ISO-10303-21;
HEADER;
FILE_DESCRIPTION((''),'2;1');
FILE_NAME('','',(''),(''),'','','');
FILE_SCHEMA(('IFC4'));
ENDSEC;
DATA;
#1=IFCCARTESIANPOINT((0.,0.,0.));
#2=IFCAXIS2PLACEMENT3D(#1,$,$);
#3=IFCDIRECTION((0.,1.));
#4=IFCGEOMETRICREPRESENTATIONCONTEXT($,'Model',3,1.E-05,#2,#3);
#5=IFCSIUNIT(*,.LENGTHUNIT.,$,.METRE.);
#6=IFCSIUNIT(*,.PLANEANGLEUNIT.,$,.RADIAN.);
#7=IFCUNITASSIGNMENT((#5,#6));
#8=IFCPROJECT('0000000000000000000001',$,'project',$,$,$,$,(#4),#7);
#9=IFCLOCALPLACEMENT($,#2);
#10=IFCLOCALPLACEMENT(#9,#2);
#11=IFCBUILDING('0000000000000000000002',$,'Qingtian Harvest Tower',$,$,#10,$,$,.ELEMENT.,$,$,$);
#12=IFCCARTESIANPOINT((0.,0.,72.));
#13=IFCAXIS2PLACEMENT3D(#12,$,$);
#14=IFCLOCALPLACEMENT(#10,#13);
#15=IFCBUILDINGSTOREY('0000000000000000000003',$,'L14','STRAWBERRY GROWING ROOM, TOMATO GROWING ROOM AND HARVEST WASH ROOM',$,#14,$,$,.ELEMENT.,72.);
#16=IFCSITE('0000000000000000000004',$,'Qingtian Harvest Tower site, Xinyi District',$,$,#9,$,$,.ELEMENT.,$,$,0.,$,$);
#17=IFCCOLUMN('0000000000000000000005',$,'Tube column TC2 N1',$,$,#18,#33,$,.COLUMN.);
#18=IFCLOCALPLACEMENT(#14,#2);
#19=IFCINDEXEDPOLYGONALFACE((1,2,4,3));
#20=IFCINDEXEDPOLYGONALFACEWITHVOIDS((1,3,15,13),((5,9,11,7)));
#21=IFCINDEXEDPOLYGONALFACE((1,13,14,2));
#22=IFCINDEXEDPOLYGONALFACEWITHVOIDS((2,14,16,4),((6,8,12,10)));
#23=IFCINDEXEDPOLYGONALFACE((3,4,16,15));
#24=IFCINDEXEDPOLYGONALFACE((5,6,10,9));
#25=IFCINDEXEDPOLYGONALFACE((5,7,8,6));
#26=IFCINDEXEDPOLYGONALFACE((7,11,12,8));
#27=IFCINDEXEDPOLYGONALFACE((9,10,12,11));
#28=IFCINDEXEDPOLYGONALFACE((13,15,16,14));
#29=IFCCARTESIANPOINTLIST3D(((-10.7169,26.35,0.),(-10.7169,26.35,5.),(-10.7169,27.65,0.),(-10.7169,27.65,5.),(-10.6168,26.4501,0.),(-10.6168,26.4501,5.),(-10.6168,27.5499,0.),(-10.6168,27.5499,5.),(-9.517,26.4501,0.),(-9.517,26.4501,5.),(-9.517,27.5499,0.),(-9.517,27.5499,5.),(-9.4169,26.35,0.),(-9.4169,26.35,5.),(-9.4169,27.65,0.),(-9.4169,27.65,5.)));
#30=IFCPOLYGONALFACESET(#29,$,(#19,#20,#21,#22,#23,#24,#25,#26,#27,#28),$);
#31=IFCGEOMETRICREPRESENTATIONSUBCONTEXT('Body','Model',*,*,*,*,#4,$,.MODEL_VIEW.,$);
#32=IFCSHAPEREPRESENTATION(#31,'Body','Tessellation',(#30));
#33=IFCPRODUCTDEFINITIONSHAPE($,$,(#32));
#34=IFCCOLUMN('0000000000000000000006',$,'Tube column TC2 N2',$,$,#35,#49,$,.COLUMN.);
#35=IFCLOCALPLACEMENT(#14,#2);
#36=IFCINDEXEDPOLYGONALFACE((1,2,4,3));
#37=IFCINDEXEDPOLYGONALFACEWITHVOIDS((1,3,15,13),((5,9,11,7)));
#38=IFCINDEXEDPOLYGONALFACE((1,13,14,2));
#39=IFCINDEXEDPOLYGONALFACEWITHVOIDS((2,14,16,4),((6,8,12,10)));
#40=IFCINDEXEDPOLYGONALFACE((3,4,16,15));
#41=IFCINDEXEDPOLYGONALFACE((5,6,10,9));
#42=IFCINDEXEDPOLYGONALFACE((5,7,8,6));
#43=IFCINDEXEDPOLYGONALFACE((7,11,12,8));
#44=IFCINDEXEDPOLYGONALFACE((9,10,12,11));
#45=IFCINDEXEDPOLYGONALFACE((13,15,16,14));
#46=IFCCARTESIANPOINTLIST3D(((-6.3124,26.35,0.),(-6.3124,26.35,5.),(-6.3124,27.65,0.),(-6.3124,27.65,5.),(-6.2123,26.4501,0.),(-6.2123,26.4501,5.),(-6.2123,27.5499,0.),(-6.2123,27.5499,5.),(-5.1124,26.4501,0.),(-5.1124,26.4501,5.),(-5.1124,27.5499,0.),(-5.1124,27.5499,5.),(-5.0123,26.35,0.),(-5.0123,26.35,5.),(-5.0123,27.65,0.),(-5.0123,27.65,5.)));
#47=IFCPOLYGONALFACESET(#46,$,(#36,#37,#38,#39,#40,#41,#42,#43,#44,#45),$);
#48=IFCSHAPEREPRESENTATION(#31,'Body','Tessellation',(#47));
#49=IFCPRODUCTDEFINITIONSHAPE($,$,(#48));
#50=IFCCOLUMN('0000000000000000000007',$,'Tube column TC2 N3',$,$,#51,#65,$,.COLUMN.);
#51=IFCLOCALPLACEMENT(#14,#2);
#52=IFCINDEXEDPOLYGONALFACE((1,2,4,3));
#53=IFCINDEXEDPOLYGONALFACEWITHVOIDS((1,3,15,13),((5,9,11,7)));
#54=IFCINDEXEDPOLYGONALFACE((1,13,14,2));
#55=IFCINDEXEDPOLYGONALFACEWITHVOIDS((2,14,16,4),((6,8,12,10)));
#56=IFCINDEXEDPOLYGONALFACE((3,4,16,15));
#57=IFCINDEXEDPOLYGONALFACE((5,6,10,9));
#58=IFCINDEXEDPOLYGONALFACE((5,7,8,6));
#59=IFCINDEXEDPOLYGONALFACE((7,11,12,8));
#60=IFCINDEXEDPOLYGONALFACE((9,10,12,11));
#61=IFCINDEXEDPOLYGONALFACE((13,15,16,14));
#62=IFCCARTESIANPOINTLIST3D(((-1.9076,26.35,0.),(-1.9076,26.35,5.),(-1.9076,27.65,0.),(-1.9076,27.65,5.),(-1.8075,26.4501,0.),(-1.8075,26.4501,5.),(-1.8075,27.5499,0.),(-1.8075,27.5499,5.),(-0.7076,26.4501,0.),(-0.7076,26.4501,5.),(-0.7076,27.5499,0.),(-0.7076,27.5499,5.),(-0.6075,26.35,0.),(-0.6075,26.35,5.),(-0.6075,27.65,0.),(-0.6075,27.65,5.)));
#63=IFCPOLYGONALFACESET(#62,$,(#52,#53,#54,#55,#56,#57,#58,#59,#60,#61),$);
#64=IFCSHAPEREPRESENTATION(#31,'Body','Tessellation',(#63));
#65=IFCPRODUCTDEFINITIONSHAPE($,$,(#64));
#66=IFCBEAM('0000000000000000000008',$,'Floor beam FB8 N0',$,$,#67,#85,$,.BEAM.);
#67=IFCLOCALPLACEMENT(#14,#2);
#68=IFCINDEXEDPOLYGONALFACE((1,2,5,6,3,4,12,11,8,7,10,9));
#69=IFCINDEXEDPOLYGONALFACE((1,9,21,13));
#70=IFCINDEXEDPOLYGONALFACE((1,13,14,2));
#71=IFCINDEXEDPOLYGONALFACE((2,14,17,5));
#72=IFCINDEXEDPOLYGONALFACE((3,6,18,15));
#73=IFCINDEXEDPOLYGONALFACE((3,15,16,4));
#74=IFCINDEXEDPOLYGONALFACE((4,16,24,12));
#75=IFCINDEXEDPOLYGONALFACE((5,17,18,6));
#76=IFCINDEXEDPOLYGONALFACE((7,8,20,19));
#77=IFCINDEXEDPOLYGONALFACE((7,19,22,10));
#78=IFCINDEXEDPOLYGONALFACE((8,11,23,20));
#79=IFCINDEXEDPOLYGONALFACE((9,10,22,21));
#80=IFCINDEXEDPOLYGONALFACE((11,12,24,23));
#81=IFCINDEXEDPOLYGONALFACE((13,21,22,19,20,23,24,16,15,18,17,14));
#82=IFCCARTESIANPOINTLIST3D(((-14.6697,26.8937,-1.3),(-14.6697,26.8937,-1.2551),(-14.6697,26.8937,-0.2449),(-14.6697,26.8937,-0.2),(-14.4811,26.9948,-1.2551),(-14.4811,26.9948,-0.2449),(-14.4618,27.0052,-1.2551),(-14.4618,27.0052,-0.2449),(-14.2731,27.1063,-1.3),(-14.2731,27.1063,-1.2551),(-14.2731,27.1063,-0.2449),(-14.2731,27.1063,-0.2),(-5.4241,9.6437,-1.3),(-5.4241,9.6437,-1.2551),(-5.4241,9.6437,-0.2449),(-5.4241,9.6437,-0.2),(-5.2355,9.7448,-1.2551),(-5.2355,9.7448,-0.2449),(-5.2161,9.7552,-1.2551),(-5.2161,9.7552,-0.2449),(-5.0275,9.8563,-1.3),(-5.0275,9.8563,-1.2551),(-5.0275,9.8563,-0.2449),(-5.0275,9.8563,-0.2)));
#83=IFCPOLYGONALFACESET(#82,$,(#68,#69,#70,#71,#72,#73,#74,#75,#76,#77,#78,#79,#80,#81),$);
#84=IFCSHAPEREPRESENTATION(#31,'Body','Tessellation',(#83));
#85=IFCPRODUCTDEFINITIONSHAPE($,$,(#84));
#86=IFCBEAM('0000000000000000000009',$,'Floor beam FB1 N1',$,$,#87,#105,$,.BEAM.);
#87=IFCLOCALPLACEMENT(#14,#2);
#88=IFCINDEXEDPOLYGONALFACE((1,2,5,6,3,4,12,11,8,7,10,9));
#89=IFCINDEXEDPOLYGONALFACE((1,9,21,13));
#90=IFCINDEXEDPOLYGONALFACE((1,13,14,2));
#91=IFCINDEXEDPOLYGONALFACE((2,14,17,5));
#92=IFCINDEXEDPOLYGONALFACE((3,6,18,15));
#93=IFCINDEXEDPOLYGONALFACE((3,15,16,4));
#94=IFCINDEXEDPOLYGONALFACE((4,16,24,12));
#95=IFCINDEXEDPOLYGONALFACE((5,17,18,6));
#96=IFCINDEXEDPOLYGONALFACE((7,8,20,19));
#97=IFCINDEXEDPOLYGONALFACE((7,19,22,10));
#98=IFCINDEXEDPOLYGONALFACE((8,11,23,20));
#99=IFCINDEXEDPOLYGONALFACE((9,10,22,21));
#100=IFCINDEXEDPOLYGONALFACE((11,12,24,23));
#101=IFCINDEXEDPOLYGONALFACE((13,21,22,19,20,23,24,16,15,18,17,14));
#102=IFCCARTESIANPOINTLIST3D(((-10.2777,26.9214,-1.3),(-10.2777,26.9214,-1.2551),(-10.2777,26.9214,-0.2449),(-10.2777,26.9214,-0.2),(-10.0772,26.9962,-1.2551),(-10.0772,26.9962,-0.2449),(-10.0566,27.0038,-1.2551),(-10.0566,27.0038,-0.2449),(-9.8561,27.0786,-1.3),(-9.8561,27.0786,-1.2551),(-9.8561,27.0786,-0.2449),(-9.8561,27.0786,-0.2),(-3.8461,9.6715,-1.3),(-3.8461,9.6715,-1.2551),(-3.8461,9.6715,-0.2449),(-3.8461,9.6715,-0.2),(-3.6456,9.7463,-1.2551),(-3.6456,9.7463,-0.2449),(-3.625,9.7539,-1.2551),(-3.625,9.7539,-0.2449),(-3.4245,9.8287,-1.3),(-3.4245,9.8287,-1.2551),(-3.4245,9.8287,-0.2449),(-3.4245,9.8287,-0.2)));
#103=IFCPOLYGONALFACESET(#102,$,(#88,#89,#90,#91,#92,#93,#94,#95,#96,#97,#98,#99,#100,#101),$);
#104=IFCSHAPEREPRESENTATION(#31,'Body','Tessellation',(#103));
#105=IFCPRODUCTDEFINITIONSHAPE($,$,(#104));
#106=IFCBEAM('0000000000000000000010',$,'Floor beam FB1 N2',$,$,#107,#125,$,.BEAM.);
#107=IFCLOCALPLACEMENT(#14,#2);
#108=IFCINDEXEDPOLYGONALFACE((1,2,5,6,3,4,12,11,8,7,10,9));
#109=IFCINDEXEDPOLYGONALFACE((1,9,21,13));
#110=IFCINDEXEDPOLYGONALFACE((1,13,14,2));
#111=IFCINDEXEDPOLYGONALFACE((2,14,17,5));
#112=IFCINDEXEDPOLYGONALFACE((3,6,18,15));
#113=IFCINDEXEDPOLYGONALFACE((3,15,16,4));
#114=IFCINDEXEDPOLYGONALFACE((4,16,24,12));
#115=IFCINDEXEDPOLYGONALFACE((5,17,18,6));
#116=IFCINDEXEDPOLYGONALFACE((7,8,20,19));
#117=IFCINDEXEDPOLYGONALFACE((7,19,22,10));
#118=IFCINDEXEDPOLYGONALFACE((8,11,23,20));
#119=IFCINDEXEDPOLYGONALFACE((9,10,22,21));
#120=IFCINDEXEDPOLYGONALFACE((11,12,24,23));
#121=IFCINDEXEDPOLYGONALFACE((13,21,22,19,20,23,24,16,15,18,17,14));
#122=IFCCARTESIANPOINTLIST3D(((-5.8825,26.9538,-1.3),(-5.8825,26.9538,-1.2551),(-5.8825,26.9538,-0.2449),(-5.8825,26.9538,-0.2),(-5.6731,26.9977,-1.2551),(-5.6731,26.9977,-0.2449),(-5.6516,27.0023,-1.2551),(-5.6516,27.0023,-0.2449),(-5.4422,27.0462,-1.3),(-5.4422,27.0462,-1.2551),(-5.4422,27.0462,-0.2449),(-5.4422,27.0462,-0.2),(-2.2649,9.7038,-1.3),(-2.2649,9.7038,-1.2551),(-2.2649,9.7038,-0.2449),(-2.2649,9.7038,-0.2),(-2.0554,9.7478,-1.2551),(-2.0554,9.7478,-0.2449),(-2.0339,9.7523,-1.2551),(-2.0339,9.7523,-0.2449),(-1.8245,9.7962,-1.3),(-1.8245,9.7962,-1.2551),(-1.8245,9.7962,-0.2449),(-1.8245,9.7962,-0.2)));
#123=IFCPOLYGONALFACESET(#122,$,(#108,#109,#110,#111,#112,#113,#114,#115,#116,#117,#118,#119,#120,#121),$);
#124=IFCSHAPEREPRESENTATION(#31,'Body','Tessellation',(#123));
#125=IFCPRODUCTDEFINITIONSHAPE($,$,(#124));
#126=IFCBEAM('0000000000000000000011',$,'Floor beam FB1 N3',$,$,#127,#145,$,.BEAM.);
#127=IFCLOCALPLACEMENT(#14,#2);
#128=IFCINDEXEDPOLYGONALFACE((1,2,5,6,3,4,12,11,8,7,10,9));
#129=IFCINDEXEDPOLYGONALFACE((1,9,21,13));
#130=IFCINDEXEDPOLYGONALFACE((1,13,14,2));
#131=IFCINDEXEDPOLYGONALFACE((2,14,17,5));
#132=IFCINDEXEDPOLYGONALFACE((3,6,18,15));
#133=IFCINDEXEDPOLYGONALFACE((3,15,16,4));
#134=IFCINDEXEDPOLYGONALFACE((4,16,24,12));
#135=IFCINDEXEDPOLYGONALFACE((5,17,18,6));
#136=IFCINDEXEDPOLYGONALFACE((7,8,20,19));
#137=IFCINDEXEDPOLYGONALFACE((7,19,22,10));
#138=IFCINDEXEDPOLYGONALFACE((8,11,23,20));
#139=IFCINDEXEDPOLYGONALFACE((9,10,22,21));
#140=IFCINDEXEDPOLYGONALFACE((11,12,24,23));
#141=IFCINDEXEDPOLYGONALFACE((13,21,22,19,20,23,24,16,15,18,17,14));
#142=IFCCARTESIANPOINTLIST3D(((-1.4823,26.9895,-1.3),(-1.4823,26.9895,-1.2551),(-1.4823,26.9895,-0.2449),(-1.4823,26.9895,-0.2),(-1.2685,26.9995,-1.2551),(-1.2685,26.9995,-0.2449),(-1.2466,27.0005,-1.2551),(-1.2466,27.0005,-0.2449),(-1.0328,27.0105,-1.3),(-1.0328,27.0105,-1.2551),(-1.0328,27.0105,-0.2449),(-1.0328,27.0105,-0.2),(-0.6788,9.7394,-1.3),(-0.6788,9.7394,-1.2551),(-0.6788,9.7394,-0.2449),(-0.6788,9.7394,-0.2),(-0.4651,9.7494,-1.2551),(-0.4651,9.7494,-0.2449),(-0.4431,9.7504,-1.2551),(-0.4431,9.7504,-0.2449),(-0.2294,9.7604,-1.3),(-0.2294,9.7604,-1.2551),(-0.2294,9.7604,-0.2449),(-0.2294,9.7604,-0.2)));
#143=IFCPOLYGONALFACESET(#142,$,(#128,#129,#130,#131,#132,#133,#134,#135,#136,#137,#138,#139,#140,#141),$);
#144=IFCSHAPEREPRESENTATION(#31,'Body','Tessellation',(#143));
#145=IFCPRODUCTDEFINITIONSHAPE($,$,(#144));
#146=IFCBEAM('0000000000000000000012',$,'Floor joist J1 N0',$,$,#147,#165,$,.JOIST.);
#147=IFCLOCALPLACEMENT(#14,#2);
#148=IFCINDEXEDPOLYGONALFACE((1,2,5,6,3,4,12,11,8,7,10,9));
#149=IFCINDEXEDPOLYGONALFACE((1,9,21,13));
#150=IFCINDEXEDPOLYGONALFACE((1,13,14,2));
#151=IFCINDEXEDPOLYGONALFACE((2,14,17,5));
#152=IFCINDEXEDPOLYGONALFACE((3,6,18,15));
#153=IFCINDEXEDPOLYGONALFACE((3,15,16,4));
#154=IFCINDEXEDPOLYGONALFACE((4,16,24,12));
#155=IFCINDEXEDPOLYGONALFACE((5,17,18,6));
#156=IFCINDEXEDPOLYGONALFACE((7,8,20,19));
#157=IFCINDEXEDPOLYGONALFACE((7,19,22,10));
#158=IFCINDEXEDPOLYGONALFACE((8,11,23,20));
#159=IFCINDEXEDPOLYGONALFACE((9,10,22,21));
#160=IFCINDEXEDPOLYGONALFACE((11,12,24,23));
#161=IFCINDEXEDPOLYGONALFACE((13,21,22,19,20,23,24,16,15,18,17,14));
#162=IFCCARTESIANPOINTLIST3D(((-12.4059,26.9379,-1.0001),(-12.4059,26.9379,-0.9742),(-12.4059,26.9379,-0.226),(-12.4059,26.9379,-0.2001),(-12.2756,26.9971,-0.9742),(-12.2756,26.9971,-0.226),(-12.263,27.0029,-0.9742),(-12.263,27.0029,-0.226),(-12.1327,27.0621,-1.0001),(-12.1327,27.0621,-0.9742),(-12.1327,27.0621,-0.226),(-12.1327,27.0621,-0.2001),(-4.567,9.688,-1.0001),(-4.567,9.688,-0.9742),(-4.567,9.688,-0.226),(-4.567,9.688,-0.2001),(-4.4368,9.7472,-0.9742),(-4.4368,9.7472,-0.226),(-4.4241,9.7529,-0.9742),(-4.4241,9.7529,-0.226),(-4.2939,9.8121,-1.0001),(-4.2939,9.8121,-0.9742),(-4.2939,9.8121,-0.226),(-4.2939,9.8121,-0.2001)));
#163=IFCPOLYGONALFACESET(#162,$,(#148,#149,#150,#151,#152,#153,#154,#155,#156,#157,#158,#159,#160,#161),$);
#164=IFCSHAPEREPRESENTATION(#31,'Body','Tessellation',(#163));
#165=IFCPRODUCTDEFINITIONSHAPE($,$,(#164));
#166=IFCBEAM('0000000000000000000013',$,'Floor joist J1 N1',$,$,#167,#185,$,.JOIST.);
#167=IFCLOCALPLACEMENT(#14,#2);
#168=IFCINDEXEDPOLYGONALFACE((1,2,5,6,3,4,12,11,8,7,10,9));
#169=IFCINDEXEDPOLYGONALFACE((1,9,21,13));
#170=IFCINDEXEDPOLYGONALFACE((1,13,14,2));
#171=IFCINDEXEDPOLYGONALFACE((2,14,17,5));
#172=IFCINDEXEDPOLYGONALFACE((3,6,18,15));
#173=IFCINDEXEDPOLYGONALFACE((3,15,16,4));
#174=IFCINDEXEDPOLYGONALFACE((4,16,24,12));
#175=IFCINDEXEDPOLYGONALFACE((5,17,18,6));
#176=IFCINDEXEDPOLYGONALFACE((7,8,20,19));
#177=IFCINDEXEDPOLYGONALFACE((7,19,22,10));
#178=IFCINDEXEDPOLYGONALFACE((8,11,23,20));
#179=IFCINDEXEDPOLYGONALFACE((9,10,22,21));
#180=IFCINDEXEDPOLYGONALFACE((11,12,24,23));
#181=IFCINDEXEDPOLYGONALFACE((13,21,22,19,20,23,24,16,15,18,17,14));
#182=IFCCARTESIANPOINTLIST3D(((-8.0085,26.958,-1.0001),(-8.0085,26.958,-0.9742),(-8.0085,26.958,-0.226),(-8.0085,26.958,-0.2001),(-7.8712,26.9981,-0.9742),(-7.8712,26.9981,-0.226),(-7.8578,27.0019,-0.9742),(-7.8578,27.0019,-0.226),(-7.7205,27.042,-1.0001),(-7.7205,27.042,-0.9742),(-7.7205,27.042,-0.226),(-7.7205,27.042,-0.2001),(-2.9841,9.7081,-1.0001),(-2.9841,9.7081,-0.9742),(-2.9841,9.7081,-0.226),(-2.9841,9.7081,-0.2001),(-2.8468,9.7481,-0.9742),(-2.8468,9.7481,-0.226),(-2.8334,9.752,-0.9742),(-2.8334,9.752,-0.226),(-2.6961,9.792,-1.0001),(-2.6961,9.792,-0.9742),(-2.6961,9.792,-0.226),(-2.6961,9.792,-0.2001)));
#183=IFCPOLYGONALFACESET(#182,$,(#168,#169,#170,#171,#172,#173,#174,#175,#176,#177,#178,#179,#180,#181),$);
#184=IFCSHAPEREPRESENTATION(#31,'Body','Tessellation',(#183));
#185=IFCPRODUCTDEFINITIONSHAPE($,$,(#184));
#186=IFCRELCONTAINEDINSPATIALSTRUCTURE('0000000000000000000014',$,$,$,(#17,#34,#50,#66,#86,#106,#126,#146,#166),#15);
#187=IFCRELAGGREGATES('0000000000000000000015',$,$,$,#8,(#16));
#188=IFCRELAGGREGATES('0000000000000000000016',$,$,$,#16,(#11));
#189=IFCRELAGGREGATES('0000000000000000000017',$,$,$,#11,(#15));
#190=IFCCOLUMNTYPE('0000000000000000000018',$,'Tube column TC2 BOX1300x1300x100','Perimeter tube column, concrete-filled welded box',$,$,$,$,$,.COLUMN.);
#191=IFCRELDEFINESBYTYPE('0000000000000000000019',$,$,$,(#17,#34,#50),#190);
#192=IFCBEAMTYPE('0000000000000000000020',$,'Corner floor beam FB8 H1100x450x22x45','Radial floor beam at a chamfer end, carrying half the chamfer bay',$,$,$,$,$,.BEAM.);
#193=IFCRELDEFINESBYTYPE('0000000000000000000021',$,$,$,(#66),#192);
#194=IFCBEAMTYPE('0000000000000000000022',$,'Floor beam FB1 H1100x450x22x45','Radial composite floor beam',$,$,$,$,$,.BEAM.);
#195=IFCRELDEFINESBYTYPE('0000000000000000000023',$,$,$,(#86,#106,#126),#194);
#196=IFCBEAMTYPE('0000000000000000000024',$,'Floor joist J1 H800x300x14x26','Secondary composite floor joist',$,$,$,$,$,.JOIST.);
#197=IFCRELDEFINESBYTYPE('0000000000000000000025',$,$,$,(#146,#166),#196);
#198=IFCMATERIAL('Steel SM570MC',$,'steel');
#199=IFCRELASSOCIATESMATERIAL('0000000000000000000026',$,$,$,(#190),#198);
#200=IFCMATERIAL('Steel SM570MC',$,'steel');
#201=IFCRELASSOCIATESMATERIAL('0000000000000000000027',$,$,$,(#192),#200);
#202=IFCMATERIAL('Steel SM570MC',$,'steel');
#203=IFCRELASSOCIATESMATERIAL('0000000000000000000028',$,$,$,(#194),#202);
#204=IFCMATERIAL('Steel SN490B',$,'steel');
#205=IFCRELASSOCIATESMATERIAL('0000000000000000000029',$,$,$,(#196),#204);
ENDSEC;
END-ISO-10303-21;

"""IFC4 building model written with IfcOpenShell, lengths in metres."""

from ifc_helpers import new_model, si_unit, direction, frame, origin, origin_2d, place, context, subcontext, project, spatial, hollow_rectangle, i_section, extrude, material, material_profile, profile_set, type_object, element, save


model = new_model("IFC4")

# Units and contexts
model_context = context("Model", 3, precision=1e-05, world=origin(), true_north=direction((0.0, 1.0)))
body_context = subcontext(model_context, "Body", "Model", "MODEL_VIEW")
ifc_project = project(units=[si_unit("LENGTHUNIT", "METRE"), si_unit("PLANEANGLEUNIT", "RADIAN")], contexts=[model_context])

# Site, building, storey
site_placement = place(None, origin())
site = spatial("IfcSite", under=ifc_project, at=site_placement, Name="Qingtian Harvest Tower site, Xinyi District", CompositionType="ELEMENT", RefElevation=0.0)
building_placement = place(site_placement, origin())
building = spatial("IfcBuilding", under=site, at=building_placement, Name="Qingtian Harvest Tower", CompositionType="ELEMENT")
storey_placement = place(building_placement, frame((0.0, 0.0, 72.0)))
storey = spatial("IfcBuildingStorey", under=building, at=storey_placement, Name="L14", Description="STRAWBERRY GROWING ROOM, TOMATO GROWING ROOM AND HARVEST WASH ROOM", CompositionType="ELEMENT", Elevation=72.0)

# Columns
ifc_material_1 = material(Name="Steel SM570MC", Category="steel")
ifc_material_profile_1 = material_profile(ifc_material_1, hollow_rectangle(XDim=1.3, YDim=1.3, WallThickness=0.1001, at=origin_2d()), Name="BOX1300x1300x100")
ifc_profile_set_1 = profile_set([ifc_material_profile_1], Name="Steel SM570MC")
column_type = type_object("IfcColumnType", Name="Tube column TC2 BOX1300x1300x100", Description="Perimeter tube column, concrete-filled welded box", PredefinedType="COLUMN", material=ifc_profile_set_1)
for number, where, z_axis, x_axis, name in (
    (1, (-10.0669, 27.0, 0.0), (0.0, 0.0, 1.0), (-1.0, 0.0, 0.0), "Tube column TC2 N1"),
    (2, (-5.6624, 27.0, 0.0), (0.0, 0.0, 1.0), (-1.0, 0.0, 0.0), "Tube column TC2 N2"),
    (3, (-1.2576, 27.0, 0.0), (0.0, 0.0, 1.0), (-1.0, 0.0, 0.0), "Tube column TC2 N3"),
):
    element("IfcColumn", number, at=place(storey_placement, frame(where, z_axis=z_axis, x_axis=x_axis)), inside=storey, type_object=column_type, Name=name, PredefinedType="COLUMN", context=body_context, shape_type="SweptSolid", body=[
        extrude(hollow_rectangle(XDim=1.3, YDim=1.3, WallThickness=0.1001, at=origin_2d()), origin(), (0.0, 0.0, 1.0), 5.0),
    ])

# Beams
ifc_material_2 = material(Name="Steel SM570MC", Category="steel")
ifc_material_profile_2 = material_profile(ifc_material_2, i_section(OverallWidth=0.45, OverallDepth=1.1001, WebThickness=0.022, FlangeThickness=0.0449, at=origin_2d()), Name="H1100x450x22x45")
ifc_profile_set_2 = profile_set([ifc_material_profile_2], Name="Steel SM570MC")
beam_type_1 = type_object("IfcBeamType", Name="Corner floor beam FB8 H1100x450x22x45", Description="Radial floor beam at a chamfer end, carrying half the chamfer bay", PredefinedType="BEAM", material=ifc_profile_set_2)
beam_1_placement = place(storey_placement, frame((-14.4714, 27.0, -0.75), z_axis=(0.472401, -0.881384, 0.0), x_axis=(0.881384, 0.472401, 0.0)))
element("IfcBeam", 4, at=beam_1_placement, inside=storey, type_object=beam_type_1, Name="Floor beam FB8 N0", PredefinedType="BEAM", context=body_context, shape_type="SweptSolid", body=[
    extrude(i_section(OverallWidth=0.45, OverallDepth=1.1001, WebThickness=0.022, FlangeThickness=0.0449, at=origin_2d()), origin(), (0.0, 0.0, 1.0), 19.5715),
])
ifc_material_3 = material(Name="Steel SM570MC", Category="steel")
ifc_material_profile_3 = material_profile(ifc_material_3, i_section(OverallWidth=0.45, OverallDepth=1.1001, WebThickness=0.022, FlangeThickness=0.0449, at=origin_2d()), Name="H1100x450x22x45")
ifc_profile_set_3 = profile_set([ifc_material_profile_3], Name="Steel SM570MC")
beam_type_2 = type_object("IfcBeamType", Name="Floor beam FB1 H1100x450x22x45", Description="Radial composite floor beam", PredefinedType="BEAM", material=ifc_profile_set_3)
beam_2_placement = place(storey_placement, frame((-10.0669, 27.0, -0.75), z_axis=(0.349356, -0.93699, 0.0), x_axis=(0.93699, 0.349356, 0.0)))
element("IfcBeam", 5, at=beam_2_placement, inside=storey, type_object=beam_type_2, Name="Floor beam FB1 N1", PredefinedType="BEAM", context=body_context, shape_type="SweptSolid", body=[
    extrude(i_section(OverallWidth=0.45, OverallDepth=1.1001, WebThickness=0.022, FlangeThickness=0.0449, at=origin_2d()), origin(), (0.0, 0.0, 1.0), 18.4099),
])
beam_3_placement = place(storey_placement, frame((-5.6624, 27.0, -0.75), z_axis=(0.205255, -0.978709, 0.0), x_axis=(0.978709, 0.205255, 0.0)))
element("IfcBeam", 6, at=beam_3_placement, inside=storey, type_object=beam_type_2, Name="Floor beam FB1 N2", PredefinedType="BEAM", context=body_context, shape_type="SweptSolid", body=[
    extrude(i_section(OverallWidth=0.45, OverallDepth=1.1001, WebThickness=0.022, FlangeThickness=0.0449, at=origin_2d()), origin(), (0.0, 0.0, 1.0), 17.6252),
])
beam_4_placement = place(storey_placement, frame((-1.2576, 27.0, -0.75), z_axis=(0.046527, -0.998917, 0.0), x_axis=(0.998917, 0.046527, 0.0)))
element("IfcBeam", 7, at=beam_4_placement, inside=storey, type_object=beam_type_2, Name="Floor beam FB1 N3", PredefinedType="BEAM", context=body_context, shape_type="SweptSolid", body=[
    extrude(i_section(OverallWidth=0.45, OverallDepth=1.1001, WebThickness=0.022, FlangeThickness=0.0449, at=origin_2d()), origin(), (0.0, 0.0, 1.0), 17.2688),
])
ifc_material_4 = material(Name="Steel SN490B", Category="steel")
ifc_material_profile_4 = material_profile(ifc_material_4, i_section(OverallWidth=0.3, OverallDepth=0.8, WebThickness=0.0139, FlangeThickness=0.0259, at=origin_2d()), Name="H800x300x14x26")
ifc_profile_set_4 = profile_set([ifc_material_profile_4], Name="Steel SN490B")
beam_type_3 = type_object("IfcBeamType", Name="Floor joist J1 H800x300x14x26", Description="Secondary composite floor joist", PredefinedType="JOIST", material=ifc_profile_set_4)
beam_5_placement = place(storey_placement, frame((-12.2693, 27.0, -0.6001), z_axis=(0.413714, -0.910407, 0.0), x_axis=(0.910407, 0.413714, 0.0)))
element("IfcBeam", 8, at=beam_5_placement, inside=storey, type_object=beam_type_3, Name="Floor joist J1 N0", PredefinedType="JOIST", context=body_context, shape_type="SweptSolid", body=[
    extrude(i_section(OverallWidth=0.3, OverallDepth=0.8, WebThickness=0.0139, FlangeThickness=0.0259, at=origin_2d()), origin(), (0.0, 0.0, 1.0), 18.9475),
])
beam_6_placement = place(storey_placement, frame((-7.8645, 27.0, -0.6001), z_axis=(0.279649, -0.960102, 0.0), x_axis=(0.960102, 0.279649, 0.0)))
element("IfcBeam", 9, at=beam_6_placement, inside=storey, type_object=beam_type_3, Name="Floor joist J1 N1", PredefinedType="JOIST", context=body_context, shape_type="SweptSolid", body=[
    extrude(i_section(OverallWidth=0.3, OverallDepth=0.8, WebThickness=0.0139, FlangeThickness=0.0259, at=origin_2d()), origin(), (0.0, 0.0, 1.0), 17.9668),
])

save(model, "model.ifc")
